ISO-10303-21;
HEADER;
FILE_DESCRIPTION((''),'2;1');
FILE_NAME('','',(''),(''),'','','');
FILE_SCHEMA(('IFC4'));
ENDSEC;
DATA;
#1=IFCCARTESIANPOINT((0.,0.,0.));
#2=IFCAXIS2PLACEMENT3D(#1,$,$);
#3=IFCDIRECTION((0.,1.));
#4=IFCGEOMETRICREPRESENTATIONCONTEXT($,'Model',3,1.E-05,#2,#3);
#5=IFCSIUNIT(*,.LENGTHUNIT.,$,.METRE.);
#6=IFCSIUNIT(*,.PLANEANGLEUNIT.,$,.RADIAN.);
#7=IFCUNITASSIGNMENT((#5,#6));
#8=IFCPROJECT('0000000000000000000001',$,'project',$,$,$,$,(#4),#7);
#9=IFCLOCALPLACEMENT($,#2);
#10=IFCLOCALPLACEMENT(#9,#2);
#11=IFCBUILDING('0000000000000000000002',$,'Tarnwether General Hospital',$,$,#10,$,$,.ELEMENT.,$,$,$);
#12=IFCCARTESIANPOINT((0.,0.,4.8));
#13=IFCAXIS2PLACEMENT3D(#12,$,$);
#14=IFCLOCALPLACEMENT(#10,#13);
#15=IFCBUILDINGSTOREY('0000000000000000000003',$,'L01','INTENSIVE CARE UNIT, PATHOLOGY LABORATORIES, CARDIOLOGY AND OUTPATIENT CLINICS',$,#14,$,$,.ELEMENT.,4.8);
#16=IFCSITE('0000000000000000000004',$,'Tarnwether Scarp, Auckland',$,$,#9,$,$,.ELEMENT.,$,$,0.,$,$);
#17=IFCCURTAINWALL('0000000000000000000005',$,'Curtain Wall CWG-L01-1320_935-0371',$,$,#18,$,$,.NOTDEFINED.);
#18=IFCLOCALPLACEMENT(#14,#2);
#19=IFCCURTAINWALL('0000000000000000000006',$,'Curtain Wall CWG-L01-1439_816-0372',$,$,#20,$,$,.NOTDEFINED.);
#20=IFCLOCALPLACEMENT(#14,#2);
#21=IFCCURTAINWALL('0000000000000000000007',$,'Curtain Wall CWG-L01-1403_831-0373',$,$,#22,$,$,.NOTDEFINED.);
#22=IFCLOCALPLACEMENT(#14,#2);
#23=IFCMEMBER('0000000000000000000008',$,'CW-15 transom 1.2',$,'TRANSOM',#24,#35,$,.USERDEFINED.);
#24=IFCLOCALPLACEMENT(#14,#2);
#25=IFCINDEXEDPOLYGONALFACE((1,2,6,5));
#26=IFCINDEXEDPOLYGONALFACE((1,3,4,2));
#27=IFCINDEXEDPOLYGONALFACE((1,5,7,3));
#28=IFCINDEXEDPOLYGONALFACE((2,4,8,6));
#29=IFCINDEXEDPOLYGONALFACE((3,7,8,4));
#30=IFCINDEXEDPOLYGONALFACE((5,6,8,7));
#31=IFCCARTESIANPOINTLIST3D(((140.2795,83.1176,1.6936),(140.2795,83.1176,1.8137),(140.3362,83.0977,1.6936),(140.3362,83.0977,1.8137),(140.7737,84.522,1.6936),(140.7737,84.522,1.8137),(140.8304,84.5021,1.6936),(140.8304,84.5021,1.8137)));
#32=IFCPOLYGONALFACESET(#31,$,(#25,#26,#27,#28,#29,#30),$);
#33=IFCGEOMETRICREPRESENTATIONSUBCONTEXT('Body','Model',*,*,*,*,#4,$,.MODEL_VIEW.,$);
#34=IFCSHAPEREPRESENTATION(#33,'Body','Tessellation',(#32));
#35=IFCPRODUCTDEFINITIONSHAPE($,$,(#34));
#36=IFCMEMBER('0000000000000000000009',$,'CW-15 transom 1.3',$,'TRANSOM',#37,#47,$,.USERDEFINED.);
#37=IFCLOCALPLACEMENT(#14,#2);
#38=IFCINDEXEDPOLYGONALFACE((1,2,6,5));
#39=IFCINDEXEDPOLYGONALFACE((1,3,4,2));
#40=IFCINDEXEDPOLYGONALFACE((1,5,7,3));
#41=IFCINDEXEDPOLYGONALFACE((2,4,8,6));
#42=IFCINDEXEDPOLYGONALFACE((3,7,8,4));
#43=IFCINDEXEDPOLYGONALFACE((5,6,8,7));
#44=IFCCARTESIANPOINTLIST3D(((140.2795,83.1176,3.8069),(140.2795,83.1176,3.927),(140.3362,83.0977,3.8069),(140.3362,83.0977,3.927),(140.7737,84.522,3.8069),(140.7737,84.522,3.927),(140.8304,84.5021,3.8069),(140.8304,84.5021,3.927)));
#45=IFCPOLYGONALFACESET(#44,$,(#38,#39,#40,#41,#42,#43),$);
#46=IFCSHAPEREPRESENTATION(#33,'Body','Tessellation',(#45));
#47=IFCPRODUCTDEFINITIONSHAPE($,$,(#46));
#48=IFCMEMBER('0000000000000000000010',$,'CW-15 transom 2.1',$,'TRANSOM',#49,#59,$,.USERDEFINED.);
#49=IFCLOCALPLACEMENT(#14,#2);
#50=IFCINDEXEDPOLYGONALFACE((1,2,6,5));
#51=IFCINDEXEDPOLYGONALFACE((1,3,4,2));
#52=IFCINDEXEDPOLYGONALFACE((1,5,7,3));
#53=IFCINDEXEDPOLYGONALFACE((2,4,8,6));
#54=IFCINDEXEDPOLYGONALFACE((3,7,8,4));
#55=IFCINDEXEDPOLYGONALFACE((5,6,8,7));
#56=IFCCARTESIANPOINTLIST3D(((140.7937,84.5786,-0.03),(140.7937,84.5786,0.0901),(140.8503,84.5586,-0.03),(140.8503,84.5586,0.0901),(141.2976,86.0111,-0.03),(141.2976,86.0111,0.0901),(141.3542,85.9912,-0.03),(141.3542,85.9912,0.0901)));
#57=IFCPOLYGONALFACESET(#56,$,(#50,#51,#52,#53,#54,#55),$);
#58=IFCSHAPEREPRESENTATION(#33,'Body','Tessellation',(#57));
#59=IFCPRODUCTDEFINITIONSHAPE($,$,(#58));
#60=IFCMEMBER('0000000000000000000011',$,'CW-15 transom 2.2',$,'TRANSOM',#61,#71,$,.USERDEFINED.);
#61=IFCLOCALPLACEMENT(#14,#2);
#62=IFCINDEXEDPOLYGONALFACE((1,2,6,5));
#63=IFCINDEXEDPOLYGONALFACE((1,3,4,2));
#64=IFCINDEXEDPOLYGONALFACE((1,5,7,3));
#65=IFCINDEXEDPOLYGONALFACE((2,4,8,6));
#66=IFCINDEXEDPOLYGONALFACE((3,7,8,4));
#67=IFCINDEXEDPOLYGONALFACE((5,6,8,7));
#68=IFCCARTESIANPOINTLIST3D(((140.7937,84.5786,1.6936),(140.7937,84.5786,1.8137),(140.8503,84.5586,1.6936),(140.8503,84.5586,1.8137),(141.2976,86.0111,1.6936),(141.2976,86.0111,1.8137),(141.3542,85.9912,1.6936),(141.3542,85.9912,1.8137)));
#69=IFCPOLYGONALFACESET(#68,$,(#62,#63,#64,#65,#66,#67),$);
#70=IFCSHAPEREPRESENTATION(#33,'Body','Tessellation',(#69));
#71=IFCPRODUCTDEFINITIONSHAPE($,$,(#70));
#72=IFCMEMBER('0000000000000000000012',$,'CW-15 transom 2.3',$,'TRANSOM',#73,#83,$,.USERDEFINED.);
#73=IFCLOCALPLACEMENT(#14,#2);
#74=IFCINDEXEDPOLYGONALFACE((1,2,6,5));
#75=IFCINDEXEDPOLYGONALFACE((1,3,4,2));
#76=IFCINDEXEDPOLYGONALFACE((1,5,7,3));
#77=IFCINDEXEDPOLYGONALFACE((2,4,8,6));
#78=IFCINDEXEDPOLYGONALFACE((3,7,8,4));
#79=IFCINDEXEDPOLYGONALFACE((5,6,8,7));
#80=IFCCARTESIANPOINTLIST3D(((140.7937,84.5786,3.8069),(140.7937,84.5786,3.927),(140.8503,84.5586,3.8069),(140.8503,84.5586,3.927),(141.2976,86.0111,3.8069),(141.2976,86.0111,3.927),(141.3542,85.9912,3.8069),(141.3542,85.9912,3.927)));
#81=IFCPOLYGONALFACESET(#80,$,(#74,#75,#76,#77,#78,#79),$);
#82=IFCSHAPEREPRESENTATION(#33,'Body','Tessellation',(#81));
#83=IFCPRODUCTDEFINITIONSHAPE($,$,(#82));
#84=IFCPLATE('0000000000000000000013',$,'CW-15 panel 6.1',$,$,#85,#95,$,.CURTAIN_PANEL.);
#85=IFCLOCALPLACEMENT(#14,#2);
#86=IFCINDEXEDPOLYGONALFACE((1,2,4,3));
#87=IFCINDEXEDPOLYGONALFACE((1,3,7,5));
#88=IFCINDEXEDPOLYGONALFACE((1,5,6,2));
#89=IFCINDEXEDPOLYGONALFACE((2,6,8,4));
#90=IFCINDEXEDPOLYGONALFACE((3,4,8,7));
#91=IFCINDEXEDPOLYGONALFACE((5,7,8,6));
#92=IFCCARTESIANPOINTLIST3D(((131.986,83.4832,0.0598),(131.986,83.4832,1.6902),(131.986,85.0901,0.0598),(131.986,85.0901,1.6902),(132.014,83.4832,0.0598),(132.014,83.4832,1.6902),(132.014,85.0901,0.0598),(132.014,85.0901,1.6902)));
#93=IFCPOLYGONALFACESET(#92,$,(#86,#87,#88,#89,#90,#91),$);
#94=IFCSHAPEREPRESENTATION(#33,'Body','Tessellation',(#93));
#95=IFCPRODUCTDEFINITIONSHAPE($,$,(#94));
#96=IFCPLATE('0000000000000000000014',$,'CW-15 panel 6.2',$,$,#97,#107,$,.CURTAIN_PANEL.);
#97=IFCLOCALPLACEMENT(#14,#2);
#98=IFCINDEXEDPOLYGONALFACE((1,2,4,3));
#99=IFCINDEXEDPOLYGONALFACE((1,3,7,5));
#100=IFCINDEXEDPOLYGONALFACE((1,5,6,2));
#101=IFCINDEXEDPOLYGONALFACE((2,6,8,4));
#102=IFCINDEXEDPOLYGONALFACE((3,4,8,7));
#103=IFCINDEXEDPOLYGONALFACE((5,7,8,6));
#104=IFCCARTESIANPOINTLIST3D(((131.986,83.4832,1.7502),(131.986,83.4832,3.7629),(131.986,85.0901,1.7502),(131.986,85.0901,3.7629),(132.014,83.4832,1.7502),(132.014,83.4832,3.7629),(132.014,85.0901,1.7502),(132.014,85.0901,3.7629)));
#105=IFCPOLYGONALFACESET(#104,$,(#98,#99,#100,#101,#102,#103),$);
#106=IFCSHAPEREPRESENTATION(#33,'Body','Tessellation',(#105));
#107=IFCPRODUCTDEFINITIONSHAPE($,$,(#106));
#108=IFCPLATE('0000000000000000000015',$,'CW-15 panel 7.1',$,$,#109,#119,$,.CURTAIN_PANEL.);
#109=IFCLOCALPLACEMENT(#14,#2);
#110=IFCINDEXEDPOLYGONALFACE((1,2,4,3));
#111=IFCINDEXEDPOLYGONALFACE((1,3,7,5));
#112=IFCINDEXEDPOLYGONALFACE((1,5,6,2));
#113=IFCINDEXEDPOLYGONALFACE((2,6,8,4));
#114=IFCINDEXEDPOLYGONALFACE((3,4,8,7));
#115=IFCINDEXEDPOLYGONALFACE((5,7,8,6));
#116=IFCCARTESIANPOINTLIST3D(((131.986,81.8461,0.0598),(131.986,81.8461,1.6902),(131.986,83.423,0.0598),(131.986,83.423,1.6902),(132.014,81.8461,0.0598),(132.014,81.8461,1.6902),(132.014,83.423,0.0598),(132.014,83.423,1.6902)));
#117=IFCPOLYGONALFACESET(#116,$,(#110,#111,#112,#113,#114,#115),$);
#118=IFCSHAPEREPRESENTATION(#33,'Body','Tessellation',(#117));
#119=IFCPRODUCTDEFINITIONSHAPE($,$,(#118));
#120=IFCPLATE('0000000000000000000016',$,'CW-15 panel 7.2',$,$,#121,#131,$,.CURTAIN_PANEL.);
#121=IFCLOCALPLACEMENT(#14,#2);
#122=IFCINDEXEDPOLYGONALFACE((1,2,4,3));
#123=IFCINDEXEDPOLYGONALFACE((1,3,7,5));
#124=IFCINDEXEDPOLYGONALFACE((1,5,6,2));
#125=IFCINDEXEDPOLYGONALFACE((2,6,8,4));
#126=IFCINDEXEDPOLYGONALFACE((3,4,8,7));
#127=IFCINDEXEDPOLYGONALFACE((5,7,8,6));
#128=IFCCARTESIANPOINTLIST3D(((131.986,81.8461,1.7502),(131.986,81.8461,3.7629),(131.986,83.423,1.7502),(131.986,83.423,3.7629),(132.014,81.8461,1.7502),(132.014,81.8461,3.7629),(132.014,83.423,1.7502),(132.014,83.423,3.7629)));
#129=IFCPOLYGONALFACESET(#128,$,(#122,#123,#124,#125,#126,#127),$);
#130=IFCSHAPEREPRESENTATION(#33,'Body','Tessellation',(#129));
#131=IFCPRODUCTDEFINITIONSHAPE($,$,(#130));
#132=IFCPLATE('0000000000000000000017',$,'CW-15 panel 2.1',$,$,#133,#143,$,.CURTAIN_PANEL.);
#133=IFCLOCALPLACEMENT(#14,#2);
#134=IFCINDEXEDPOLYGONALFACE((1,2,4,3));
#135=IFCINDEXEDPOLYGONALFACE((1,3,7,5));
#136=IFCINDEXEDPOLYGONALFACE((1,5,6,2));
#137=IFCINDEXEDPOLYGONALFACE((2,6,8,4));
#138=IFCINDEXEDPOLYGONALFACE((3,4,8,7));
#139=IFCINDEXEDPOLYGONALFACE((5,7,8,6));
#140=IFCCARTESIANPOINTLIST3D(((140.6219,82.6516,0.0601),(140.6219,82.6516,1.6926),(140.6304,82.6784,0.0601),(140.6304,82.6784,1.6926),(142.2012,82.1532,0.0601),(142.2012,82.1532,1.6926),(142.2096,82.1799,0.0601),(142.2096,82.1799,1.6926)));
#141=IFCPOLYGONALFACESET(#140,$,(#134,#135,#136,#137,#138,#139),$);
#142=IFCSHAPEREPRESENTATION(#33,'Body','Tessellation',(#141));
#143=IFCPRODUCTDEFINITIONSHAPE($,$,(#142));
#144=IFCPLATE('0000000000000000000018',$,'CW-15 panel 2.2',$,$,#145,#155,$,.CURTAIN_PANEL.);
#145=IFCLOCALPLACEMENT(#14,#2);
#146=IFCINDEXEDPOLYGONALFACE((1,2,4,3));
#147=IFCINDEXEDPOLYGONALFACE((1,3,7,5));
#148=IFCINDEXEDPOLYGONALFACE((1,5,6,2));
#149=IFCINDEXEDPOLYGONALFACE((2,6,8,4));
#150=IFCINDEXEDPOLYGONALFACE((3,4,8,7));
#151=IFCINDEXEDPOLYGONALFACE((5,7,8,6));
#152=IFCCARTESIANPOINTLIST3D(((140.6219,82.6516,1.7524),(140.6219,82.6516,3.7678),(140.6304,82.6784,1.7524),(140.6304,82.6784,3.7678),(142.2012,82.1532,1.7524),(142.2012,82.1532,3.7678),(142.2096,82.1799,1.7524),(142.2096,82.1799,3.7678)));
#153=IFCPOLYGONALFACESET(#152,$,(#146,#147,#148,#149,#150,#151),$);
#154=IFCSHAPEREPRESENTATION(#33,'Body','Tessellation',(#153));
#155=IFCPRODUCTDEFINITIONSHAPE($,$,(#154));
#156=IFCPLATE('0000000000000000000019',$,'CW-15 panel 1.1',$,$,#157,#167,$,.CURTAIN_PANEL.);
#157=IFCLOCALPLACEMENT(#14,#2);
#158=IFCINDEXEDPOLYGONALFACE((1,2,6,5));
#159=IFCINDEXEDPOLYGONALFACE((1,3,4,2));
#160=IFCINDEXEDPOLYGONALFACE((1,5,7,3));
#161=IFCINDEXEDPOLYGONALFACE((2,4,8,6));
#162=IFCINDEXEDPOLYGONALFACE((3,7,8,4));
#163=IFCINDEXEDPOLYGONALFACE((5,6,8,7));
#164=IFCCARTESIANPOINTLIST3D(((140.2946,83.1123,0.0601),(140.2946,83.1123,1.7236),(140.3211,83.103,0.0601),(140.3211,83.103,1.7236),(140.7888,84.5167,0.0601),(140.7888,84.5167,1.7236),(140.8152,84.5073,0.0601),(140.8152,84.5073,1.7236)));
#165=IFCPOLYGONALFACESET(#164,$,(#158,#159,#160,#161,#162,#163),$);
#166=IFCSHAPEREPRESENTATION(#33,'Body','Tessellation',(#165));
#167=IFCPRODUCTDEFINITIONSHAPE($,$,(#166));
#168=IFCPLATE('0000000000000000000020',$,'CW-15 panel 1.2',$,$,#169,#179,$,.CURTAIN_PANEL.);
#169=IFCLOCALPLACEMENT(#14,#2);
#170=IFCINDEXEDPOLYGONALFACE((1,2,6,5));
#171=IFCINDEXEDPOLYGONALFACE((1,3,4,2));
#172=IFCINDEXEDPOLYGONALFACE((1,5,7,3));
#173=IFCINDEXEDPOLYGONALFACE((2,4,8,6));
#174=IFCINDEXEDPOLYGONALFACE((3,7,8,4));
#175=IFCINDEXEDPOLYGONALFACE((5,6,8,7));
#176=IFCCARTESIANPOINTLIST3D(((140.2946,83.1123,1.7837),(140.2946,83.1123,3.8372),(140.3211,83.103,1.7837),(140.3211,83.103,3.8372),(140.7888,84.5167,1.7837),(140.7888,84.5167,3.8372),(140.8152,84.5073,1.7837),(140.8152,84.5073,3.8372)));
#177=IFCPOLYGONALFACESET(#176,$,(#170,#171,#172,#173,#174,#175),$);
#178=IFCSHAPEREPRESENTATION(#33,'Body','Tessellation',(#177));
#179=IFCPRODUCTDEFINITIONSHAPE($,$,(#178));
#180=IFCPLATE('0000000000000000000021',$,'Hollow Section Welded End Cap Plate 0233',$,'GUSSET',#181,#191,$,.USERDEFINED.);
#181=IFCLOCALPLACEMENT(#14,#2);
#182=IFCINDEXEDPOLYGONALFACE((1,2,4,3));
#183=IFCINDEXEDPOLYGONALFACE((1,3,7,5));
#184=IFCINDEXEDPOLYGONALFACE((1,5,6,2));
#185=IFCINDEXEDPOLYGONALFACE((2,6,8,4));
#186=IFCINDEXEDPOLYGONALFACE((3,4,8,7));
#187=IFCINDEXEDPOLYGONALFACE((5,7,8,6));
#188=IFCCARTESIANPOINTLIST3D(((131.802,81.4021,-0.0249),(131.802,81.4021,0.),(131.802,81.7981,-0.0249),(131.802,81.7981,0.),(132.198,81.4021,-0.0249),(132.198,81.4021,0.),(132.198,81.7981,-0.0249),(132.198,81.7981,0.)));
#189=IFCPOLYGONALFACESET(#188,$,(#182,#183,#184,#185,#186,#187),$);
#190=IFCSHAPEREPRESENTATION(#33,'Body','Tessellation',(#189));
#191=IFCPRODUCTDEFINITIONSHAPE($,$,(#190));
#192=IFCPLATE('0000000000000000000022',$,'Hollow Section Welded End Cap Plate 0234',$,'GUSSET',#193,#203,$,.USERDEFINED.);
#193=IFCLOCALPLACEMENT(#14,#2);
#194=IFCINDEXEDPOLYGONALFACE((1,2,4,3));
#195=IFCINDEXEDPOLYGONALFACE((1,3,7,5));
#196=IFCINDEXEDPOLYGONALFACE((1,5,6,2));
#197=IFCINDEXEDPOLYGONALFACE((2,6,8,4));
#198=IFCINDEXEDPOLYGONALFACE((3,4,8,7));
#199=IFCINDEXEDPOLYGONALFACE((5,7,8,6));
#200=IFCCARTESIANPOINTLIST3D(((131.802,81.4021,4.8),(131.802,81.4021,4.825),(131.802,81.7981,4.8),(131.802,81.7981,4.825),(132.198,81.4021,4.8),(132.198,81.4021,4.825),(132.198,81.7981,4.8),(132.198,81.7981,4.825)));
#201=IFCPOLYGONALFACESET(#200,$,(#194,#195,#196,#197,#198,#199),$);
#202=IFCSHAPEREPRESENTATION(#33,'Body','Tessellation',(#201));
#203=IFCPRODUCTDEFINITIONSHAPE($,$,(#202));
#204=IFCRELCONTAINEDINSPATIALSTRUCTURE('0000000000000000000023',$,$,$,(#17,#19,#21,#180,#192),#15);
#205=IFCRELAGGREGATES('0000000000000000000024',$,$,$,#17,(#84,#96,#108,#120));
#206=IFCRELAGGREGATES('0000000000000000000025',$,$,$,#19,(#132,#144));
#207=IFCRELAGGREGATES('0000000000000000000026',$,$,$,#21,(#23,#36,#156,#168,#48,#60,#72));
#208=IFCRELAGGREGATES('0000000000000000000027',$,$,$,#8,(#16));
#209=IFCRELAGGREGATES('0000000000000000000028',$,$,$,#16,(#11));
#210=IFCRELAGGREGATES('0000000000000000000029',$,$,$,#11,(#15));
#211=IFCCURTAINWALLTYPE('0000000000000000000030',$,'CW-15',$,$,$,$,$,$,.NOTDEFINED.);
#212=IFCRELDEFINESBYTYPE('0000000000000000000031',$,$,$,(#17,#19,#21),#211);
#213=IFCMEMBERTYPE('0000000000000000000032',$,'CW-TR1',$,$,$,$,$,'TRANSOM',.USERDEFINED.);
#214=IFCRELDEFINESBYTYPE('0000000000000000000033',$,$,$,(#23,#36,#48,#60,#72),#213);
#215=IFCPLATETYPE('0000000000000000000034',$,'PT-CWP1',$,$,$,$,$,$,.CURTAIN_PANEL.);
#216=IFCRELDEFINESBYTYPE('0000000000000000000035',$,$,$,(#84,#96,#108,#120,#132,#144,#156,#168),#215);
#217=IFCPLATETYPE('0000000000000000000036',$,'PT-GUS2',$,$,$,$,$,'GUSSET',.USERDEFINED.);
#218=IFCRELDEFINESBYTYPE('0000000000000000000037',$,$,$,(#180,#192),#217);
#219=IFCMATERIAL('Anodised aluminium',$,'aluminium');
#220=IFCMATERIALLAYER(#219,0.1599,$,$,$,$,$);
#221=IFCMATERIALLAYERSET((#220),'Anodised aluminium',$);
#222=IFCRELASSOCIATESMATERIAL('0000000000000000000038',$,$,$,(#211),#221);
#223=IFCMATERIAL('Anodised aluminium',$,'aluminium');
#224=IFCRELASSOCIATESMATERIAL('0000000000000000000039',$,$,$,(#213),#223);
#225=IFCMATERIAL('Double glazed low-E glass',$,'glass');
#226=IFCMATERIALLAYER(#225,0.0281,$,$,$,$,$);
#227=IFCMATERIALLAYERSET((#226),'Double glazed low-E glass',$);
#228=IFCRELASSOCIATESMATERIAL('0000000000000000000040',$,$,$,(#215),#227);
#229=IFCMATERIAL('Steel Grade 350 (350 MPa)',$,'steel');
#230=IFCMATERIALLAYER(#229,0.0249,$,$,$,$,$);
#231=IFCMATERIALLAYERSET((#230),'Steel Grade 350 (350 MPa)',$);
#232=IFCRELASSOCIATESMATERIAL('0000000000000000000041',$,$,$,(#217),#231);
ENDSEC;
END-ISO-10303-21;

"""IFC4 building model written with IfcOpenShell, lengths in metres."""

from ifc_helpers import new_model, si_unit, direction, frame, origin, origin_2d, place, context, subcontext, project, spatial, rectangle, extrude, material, layer, layer_set, material_profile, profile_set, type_object, element, aggregate, save


model = new_model("IFC4")

# Units and contexts
model_context = context("Model", 3, precision=1e-05, world=origin(), true_north=direction((0.0, 1.0)))
body_context = subcontext(model_context, "Body", "Model", "MODEL_VIEW")
ifc_project = project(units=[si_unit("LENGTHUNIT", "METRE"), si_unit("PLANEANGLEUNIT", "RADIAN")], contexts=[model_context])

# Site, building, storey
site_placement = place(None, origin())
site = spatial("IfcSite", under=ifc_project, at=site_placement, Name="Tarnwether Scarp, Auckland", CompositionType="ELEMENT", RefElevation=0.0)
building_placement = place(site_placement, origin())
building = spatial("IfcBuilding", under=site, at=building_placement, Name="Tarnwether General Hospital", CompositionType="ELEMENT")
storey_placement = place(building_placement, frame((0.0, 0.0, 4.8)))
storey = spatial("IfcBuildingStorey", under=building, at=storey_placement, Name="L01", Description="INTENSIVE CARE UNIT, PATHOLOGY LABORATORIES, CARDIOLOGY AND OUTPATIENT CLINICS", CompositionType="ELEMENT", Elevation=4.8)

# Curtain walls
ifc_material_1 = material(Name="Anodised aluminium", Category="aluminium")
ifc_layer_1 = layer(ifc_material_1, 0.1599)
ifc_layer_set_1 = layer_set([ifc_layer_1], Name="Anodised aluminium")
curtain_wall_type = type_object("IfcCurtainWallType", Name="CW-15", PredefinedType="NOTDEFINED", material=ifc_layer_set_1)
curtain_wall_1_placement = place(storey_placement, origin())
curtain_wall_1 = element("IfcCurtainWall", 1, at=curtain_wall_1_placement, inside=storey, type_object=curtain_wall_type, Name="Curtain Wall CWG-L01-1320_935-0371", PredefinedType="NOTDEFINED")
curtain_wall_2_placement = place(storey_placement, origin())
curtain_wall_2 = element("IfcCurtainWall", 2, at=curtain_wall_2_placement, inside=storey, type_object=curtain_wall_type, Name="Curtain Wall CWG-L01-1439_816-0372", PredefinedType="NOTDEFINED")
curtain_wall_3_placement = place(storey_placement, origin())
curtain_wall_3 = element("IfcCurtainWall", 3, at=curtain_wall_3_placement, inside=storey, type_object=curtain_wall_type, Name="Curtain Wall CWG-L01-1403_831-0373", PredefinedType="NOTDEFINED")

# Members
ifc_material_2 = material(Name="Anodised aluminium", Category="aluminium")
ifc_material_profile_1 = material_profile(ifc_material_2, rectangle(XDim=0.0601, YDim=0.1201, at=origin_2d()), Name="ALU-TRN-60x120")
ifc_profile_set_1 = profile_set([ifc_material_profile_1], Name="Anodised aluminium")
member_type_1 = type_object("IfcMemberType", Name="CW-TR1", ElementType="TRANSOM", PredefinedType="USERDEFINED", material=ifc_profile_set_1)
member_1_placement = place(storey_placement, frame((140.3079, 83.1077, 1.7537), z_axis=(0.331928, 0.943305, 0.0), x_axis=(-0.943305, 0.331928, 0.0)))
member_1 = element("IfcMember", 4, at=member_1_placement, type_object=member_type_1, Name="CW-15 transom 1.2", ObjectType="TRANSOM", PredefinedType="USERDEFINED", context=body_context, shape_type="SweptSolid", body=[
    extrude(rectangle(XDim=0.0601, YDim=0.1201, at=origin_2d()), origin(), (0.0, 0.0, 1.0), 1.4888),
])
member_2_placement = place(storey_placement, frame((140.3079, 83.1077, 3.8669), z_axis=(0.331928, 0.943305, 0.0), x_axis=(-0.943305, 0.331928, 0.0)))
member_2 = element("IfcMember", 5, at=member_2_placement, type_object=member_type_1, Name="CW-15 transom 1.3", ObjectType="TRANSOM", PredefinedType="USERDEFINED", context=body_context, shape_type="SweptSolid", body=[
    extrude(rectangle(XDim=0.0601, YDim=0.1201, at=origin_2d()), origin(), (0.0, 0.0, 1.0), 1.4888),
])
member_3_placement = place(storey_placement, frame((140.822, 84.5686, 0.03), z_axis=(0.331811, 0.943346, 0.0), x_axis=(-0.943346, 0.331811, 0.0)))
member_3 = element("IfcMember", 6, at=member_3_placement, type_object=member_type_1, Name="CW-15 transom 2.1", ObjectType="TRANSOM", PredefinedType="USERDEFINED", context=body_context, shape_type="SweptSolid", body=[
    extrude(rectangle(XDim=0.0601, YDim=0.1201, at=origin_2d()), origin(), (0.0, 0.0, 1.0), 1.5186),
])
member_4_placement = place(storey_placement, frame((140.822, 84.5686, 1.7537), z_axis=(0.331811, 0.943346, 0.0), x_axis=(-0.943346, 0.331811, 0.0)))
member_4 = element("IfcMember", 7, at=member_4_placement, type_object=member_type_1, Name="CW-15 transom 2.2", ObjectType="TRANSOM", PredefinedType="USERDEFINED", context=body_context, shape_type="SweptSolid", body=[
    extrude(rectangle(XDim=0.0601, YDim=0.1201, at=origin_2d()), origin(), (0.0, 0.0, 1.0), 1.5186),
])
member_5_placement = place(storey_placement, frame((140.822, 84.5686, 3.8669), z_axis=(0.331811, 0.943346, 0.0), x_axis=(-0.943346, 0.331811, 0.0)))
member_5 = element("IfcMember", 8, at=member_5_placement, type_object=member_type_1, Name="CW-15 transom 2.3", ObjectType="TRANSOM", PredefinedType="USERDEFINED", context=body_context, shape_type="SweptSolid", body=[
    extrude(rectangle(XDim=0.0601, YDim=0.1201, at=origin_2d()), origin(), (0.0, 0.0, 1.0), 1.5186),
])

# Plates
ifc_material_3 = material(Name="Double glazed low-E glass", Category="glass")
ifc_layer_2 = layer(ifc_material_3, 0.0281)
ifc_layer_set_2 = layer_set([ifc_layer_2], Name="Double glazed low-E glass")
plate_type_1 = type_object("IfcPlateType", Name="PT-CWP1", PredefinedType="CURTAIN_PANEL", material=ifc_layer_set_2)
plate_1_placement = place(storey_placement, frame((132.0, 84.2866, 0.0598), z_axis=(0.0, 0.0, 1.0), x_axis=(0.0, -1.0, 0.0)))
plate_1 = element("IfcPlate", 9, at=plate_1_placement, type_object=plate_type_1, Name="CW-15 panel 6.1", PredefinedType="CURTAIN_PANEL", context=body_context, shape_type="SweptSolid", body=[
    extrude(rectangle(XDim=1.6069, YDim=0.0281, at=origin_2d()), origin(), (0.0, 0.0, 1.0), 1.6304),
])
plate_2_placement = place(storey_placement, frame((132.0, 84.2866, 1.7502), z_axis=(0.0, 0.0, 1.0), x_axis=(0.0, -1.0, 0.0)))
plate_2 = element("IfcPlate", 10, at=plate_2_placement, type_object=plate_type_1, Name="CW-15 panel 6.2", PredefinedType="CURTAIN_PANEL", context=body_context, shape_type="SweptSolid", body=[
    extrude(rectangle(XDim=1.6069, YDim=0.0281, at=origin_2d()), origin(), (0.0, 0.0, 1.0), 2.0127),
])
plate_3_placement = place(storey_placement, frame((132.0, 82.6345, 0.0598), z_axis=(0.0, 0.0, 1.0), x_axis=(0.0, -1.0, 0.0)))
plate_3 = element("IfcPlate", 11, at=plate_3_placement, type_object=plate_type_1, Name="CW-15 panel 7.1", PredefinedType="CURTAIN_PANEL", context=body_context, shape_type="SweptSolid", body=[
    extrude(rectangle(XDim=1.5769, YDim=0.0281, at=origin_2d()), origin(), (0.0, 0.0, 1.0), 1.6304),
])
plate_4_placement = place(storey_placement, frame((132.0, 82.6345, 1.7502), z_axis=(0.0, 0.0, 1.0), x_axis=(0.0, -1.0, 0.0)))
plate_4 = element("IfcPlate", 12, at=plate_4_placement, type_object=plate_type_1, Name="CW-15 panel 7.2", PredefinedType="CURTAIN_PANEL", context=body_context, shape_type="SweptSolid", body=[
    extrude(rectangle(XDim=1.5769, YDim=0.0281, at=origin_2d()), origin(), (0.0, 0.0, 1.0), 2.0127),
])
aggregate(curtain_wall_1, [plate_1, plate_2, plate_3, plate_4])
plate_5_placement = place(storey_placement, frame((141.4158, 82.4158, 0.0601), z_axis=(0.0, 0.0, 1.0), x_axis=(-0.95363, 0.300981, 0.0)))
plate_5 = element("IfcPlate", 13, at=plate_5_placement, type_object=plate_type_1, Name="CW-15 panel 2.1", PredefinedType="CURTAIN_PANEL", context=body_context, shape_type="SweptSolid", body=[
    extrude(rectangle(XDim=1.656, YDim=0.0281, at=origin_2d()), origin(), (0.0, 0.0, 1.0), 1.6326),
])
plate_6_placement = place(storey_placement, frame((141.4158, 82.4158, 1.7524), z_axis=(0.0, 0.0, 1.0), x_axis=(-0.95363, 0.300981, 0.0)))
plate_6 = element("IfcPlate", 14, at=plate_6_placement, type_object=plate_type_1, Name="CW-15 panel 2.2", PredefinedType="CURTAIN_PANEL", context=body_context, shape_type="SweptSolid", body=[
    extrude(rectangle(XDim=1.656, YDim=0.0281, at=origin_2d()), origin(), (0.0, 0.0, 1.0), 2.0154),
])
aggregate(curtain_wall_2, [plate_5, plate_6])
plate_7_placement = place(storey_placement, frame((140.5549, 83.8098, 0.0601), z_axis=(0.0, 0.0, 1.0), x_axis=(0.331902, 0.943314, 0.0)))
plate_7 = element("IfcPlate", 15, at=plate_7_placement, type_object=plate_type_1, Name="CW-15 panel 1.1", PredefinedType="CURTAIN_PANEL", context=body_context, shape_type="SweptSolid", body=[
    extrude(rectangle(XDim=1.4888, YDim=0.0281, at=origin_2d()), origin(), (0.0, 0.0, 1.0), 1.6636),
])
plate_8_placement = place(storey_placement, frame((140.5549, 83.8098, 1.7837), z_axis=(0.0, 0.0, 1.0), x_axis=(0.331902, 0.943314, 0.0)))
plate_8 = element("IfcPlate", 16, at=plate_8_placement, type_object=plate_type_1, Name="CW-15 panel 1.2", PredefinedType="CURTAIN_PANEL", context=body_context, shape_type="SweptSolid", body=[
    extrude(rectangle(XDim=1.4888, YDim=0.0281, at=origin_2d()), origin(), (0.0, 0.0, 1.0), 2.0535),
])
aggregate(curtain_wall_3, [member_1, member_2, plate_7, plate_8, member_3, member_4, member_5])

# Plates
ifc_material_4 = material(Name="Steel Grade 350 (350 MPa)", Category="steel")
ifc_layer_3 = layer(ifc_material_4, 0.0249)
ifc_layer_set_3 = layer_set([ifc_layer_3], Name="Steel Grade 350 (350 MPa)")
plate_type_2 = type_object("IfcPlateType", Name="PT-GUS2", ElementType="GUSSET", PredefinedType="USERDEFINED", material=ifc_layer_set_3)
for number, where, z_axis, x_axis, name in (
    (17, (132.0, 81.6001, -0.0249), (0.0, 0.0, 1.0), (1.0, 0.0, 0.0), "Hollow Section Welded End Cap Plate 0233"),
    (18, (132.0, 81.6001, 4.8), (0.0, 0.0, 1.0), (1.0, 0.0, 0.0), "Hollow Section Welded End Cap Plate 0234"),
):
    element("IfcPlate", number, at=place(storey_placement, frame(where, z_axis=z_axis, x_axis=x_axis)), inside=storey, type_object=plate_type_2, Name=name, ObjectType="GUSSET", PredefinedType="USERDEFINED", context=body_context, shape_type="SweptSolid", body=[
        extrude(rectangle(XDim=0.396, YDim=0.396, at=origin_2d()), origin(), (0.0, 0.0, 1.0), 0.0249),
    ])

save(model, "model.ifc")
